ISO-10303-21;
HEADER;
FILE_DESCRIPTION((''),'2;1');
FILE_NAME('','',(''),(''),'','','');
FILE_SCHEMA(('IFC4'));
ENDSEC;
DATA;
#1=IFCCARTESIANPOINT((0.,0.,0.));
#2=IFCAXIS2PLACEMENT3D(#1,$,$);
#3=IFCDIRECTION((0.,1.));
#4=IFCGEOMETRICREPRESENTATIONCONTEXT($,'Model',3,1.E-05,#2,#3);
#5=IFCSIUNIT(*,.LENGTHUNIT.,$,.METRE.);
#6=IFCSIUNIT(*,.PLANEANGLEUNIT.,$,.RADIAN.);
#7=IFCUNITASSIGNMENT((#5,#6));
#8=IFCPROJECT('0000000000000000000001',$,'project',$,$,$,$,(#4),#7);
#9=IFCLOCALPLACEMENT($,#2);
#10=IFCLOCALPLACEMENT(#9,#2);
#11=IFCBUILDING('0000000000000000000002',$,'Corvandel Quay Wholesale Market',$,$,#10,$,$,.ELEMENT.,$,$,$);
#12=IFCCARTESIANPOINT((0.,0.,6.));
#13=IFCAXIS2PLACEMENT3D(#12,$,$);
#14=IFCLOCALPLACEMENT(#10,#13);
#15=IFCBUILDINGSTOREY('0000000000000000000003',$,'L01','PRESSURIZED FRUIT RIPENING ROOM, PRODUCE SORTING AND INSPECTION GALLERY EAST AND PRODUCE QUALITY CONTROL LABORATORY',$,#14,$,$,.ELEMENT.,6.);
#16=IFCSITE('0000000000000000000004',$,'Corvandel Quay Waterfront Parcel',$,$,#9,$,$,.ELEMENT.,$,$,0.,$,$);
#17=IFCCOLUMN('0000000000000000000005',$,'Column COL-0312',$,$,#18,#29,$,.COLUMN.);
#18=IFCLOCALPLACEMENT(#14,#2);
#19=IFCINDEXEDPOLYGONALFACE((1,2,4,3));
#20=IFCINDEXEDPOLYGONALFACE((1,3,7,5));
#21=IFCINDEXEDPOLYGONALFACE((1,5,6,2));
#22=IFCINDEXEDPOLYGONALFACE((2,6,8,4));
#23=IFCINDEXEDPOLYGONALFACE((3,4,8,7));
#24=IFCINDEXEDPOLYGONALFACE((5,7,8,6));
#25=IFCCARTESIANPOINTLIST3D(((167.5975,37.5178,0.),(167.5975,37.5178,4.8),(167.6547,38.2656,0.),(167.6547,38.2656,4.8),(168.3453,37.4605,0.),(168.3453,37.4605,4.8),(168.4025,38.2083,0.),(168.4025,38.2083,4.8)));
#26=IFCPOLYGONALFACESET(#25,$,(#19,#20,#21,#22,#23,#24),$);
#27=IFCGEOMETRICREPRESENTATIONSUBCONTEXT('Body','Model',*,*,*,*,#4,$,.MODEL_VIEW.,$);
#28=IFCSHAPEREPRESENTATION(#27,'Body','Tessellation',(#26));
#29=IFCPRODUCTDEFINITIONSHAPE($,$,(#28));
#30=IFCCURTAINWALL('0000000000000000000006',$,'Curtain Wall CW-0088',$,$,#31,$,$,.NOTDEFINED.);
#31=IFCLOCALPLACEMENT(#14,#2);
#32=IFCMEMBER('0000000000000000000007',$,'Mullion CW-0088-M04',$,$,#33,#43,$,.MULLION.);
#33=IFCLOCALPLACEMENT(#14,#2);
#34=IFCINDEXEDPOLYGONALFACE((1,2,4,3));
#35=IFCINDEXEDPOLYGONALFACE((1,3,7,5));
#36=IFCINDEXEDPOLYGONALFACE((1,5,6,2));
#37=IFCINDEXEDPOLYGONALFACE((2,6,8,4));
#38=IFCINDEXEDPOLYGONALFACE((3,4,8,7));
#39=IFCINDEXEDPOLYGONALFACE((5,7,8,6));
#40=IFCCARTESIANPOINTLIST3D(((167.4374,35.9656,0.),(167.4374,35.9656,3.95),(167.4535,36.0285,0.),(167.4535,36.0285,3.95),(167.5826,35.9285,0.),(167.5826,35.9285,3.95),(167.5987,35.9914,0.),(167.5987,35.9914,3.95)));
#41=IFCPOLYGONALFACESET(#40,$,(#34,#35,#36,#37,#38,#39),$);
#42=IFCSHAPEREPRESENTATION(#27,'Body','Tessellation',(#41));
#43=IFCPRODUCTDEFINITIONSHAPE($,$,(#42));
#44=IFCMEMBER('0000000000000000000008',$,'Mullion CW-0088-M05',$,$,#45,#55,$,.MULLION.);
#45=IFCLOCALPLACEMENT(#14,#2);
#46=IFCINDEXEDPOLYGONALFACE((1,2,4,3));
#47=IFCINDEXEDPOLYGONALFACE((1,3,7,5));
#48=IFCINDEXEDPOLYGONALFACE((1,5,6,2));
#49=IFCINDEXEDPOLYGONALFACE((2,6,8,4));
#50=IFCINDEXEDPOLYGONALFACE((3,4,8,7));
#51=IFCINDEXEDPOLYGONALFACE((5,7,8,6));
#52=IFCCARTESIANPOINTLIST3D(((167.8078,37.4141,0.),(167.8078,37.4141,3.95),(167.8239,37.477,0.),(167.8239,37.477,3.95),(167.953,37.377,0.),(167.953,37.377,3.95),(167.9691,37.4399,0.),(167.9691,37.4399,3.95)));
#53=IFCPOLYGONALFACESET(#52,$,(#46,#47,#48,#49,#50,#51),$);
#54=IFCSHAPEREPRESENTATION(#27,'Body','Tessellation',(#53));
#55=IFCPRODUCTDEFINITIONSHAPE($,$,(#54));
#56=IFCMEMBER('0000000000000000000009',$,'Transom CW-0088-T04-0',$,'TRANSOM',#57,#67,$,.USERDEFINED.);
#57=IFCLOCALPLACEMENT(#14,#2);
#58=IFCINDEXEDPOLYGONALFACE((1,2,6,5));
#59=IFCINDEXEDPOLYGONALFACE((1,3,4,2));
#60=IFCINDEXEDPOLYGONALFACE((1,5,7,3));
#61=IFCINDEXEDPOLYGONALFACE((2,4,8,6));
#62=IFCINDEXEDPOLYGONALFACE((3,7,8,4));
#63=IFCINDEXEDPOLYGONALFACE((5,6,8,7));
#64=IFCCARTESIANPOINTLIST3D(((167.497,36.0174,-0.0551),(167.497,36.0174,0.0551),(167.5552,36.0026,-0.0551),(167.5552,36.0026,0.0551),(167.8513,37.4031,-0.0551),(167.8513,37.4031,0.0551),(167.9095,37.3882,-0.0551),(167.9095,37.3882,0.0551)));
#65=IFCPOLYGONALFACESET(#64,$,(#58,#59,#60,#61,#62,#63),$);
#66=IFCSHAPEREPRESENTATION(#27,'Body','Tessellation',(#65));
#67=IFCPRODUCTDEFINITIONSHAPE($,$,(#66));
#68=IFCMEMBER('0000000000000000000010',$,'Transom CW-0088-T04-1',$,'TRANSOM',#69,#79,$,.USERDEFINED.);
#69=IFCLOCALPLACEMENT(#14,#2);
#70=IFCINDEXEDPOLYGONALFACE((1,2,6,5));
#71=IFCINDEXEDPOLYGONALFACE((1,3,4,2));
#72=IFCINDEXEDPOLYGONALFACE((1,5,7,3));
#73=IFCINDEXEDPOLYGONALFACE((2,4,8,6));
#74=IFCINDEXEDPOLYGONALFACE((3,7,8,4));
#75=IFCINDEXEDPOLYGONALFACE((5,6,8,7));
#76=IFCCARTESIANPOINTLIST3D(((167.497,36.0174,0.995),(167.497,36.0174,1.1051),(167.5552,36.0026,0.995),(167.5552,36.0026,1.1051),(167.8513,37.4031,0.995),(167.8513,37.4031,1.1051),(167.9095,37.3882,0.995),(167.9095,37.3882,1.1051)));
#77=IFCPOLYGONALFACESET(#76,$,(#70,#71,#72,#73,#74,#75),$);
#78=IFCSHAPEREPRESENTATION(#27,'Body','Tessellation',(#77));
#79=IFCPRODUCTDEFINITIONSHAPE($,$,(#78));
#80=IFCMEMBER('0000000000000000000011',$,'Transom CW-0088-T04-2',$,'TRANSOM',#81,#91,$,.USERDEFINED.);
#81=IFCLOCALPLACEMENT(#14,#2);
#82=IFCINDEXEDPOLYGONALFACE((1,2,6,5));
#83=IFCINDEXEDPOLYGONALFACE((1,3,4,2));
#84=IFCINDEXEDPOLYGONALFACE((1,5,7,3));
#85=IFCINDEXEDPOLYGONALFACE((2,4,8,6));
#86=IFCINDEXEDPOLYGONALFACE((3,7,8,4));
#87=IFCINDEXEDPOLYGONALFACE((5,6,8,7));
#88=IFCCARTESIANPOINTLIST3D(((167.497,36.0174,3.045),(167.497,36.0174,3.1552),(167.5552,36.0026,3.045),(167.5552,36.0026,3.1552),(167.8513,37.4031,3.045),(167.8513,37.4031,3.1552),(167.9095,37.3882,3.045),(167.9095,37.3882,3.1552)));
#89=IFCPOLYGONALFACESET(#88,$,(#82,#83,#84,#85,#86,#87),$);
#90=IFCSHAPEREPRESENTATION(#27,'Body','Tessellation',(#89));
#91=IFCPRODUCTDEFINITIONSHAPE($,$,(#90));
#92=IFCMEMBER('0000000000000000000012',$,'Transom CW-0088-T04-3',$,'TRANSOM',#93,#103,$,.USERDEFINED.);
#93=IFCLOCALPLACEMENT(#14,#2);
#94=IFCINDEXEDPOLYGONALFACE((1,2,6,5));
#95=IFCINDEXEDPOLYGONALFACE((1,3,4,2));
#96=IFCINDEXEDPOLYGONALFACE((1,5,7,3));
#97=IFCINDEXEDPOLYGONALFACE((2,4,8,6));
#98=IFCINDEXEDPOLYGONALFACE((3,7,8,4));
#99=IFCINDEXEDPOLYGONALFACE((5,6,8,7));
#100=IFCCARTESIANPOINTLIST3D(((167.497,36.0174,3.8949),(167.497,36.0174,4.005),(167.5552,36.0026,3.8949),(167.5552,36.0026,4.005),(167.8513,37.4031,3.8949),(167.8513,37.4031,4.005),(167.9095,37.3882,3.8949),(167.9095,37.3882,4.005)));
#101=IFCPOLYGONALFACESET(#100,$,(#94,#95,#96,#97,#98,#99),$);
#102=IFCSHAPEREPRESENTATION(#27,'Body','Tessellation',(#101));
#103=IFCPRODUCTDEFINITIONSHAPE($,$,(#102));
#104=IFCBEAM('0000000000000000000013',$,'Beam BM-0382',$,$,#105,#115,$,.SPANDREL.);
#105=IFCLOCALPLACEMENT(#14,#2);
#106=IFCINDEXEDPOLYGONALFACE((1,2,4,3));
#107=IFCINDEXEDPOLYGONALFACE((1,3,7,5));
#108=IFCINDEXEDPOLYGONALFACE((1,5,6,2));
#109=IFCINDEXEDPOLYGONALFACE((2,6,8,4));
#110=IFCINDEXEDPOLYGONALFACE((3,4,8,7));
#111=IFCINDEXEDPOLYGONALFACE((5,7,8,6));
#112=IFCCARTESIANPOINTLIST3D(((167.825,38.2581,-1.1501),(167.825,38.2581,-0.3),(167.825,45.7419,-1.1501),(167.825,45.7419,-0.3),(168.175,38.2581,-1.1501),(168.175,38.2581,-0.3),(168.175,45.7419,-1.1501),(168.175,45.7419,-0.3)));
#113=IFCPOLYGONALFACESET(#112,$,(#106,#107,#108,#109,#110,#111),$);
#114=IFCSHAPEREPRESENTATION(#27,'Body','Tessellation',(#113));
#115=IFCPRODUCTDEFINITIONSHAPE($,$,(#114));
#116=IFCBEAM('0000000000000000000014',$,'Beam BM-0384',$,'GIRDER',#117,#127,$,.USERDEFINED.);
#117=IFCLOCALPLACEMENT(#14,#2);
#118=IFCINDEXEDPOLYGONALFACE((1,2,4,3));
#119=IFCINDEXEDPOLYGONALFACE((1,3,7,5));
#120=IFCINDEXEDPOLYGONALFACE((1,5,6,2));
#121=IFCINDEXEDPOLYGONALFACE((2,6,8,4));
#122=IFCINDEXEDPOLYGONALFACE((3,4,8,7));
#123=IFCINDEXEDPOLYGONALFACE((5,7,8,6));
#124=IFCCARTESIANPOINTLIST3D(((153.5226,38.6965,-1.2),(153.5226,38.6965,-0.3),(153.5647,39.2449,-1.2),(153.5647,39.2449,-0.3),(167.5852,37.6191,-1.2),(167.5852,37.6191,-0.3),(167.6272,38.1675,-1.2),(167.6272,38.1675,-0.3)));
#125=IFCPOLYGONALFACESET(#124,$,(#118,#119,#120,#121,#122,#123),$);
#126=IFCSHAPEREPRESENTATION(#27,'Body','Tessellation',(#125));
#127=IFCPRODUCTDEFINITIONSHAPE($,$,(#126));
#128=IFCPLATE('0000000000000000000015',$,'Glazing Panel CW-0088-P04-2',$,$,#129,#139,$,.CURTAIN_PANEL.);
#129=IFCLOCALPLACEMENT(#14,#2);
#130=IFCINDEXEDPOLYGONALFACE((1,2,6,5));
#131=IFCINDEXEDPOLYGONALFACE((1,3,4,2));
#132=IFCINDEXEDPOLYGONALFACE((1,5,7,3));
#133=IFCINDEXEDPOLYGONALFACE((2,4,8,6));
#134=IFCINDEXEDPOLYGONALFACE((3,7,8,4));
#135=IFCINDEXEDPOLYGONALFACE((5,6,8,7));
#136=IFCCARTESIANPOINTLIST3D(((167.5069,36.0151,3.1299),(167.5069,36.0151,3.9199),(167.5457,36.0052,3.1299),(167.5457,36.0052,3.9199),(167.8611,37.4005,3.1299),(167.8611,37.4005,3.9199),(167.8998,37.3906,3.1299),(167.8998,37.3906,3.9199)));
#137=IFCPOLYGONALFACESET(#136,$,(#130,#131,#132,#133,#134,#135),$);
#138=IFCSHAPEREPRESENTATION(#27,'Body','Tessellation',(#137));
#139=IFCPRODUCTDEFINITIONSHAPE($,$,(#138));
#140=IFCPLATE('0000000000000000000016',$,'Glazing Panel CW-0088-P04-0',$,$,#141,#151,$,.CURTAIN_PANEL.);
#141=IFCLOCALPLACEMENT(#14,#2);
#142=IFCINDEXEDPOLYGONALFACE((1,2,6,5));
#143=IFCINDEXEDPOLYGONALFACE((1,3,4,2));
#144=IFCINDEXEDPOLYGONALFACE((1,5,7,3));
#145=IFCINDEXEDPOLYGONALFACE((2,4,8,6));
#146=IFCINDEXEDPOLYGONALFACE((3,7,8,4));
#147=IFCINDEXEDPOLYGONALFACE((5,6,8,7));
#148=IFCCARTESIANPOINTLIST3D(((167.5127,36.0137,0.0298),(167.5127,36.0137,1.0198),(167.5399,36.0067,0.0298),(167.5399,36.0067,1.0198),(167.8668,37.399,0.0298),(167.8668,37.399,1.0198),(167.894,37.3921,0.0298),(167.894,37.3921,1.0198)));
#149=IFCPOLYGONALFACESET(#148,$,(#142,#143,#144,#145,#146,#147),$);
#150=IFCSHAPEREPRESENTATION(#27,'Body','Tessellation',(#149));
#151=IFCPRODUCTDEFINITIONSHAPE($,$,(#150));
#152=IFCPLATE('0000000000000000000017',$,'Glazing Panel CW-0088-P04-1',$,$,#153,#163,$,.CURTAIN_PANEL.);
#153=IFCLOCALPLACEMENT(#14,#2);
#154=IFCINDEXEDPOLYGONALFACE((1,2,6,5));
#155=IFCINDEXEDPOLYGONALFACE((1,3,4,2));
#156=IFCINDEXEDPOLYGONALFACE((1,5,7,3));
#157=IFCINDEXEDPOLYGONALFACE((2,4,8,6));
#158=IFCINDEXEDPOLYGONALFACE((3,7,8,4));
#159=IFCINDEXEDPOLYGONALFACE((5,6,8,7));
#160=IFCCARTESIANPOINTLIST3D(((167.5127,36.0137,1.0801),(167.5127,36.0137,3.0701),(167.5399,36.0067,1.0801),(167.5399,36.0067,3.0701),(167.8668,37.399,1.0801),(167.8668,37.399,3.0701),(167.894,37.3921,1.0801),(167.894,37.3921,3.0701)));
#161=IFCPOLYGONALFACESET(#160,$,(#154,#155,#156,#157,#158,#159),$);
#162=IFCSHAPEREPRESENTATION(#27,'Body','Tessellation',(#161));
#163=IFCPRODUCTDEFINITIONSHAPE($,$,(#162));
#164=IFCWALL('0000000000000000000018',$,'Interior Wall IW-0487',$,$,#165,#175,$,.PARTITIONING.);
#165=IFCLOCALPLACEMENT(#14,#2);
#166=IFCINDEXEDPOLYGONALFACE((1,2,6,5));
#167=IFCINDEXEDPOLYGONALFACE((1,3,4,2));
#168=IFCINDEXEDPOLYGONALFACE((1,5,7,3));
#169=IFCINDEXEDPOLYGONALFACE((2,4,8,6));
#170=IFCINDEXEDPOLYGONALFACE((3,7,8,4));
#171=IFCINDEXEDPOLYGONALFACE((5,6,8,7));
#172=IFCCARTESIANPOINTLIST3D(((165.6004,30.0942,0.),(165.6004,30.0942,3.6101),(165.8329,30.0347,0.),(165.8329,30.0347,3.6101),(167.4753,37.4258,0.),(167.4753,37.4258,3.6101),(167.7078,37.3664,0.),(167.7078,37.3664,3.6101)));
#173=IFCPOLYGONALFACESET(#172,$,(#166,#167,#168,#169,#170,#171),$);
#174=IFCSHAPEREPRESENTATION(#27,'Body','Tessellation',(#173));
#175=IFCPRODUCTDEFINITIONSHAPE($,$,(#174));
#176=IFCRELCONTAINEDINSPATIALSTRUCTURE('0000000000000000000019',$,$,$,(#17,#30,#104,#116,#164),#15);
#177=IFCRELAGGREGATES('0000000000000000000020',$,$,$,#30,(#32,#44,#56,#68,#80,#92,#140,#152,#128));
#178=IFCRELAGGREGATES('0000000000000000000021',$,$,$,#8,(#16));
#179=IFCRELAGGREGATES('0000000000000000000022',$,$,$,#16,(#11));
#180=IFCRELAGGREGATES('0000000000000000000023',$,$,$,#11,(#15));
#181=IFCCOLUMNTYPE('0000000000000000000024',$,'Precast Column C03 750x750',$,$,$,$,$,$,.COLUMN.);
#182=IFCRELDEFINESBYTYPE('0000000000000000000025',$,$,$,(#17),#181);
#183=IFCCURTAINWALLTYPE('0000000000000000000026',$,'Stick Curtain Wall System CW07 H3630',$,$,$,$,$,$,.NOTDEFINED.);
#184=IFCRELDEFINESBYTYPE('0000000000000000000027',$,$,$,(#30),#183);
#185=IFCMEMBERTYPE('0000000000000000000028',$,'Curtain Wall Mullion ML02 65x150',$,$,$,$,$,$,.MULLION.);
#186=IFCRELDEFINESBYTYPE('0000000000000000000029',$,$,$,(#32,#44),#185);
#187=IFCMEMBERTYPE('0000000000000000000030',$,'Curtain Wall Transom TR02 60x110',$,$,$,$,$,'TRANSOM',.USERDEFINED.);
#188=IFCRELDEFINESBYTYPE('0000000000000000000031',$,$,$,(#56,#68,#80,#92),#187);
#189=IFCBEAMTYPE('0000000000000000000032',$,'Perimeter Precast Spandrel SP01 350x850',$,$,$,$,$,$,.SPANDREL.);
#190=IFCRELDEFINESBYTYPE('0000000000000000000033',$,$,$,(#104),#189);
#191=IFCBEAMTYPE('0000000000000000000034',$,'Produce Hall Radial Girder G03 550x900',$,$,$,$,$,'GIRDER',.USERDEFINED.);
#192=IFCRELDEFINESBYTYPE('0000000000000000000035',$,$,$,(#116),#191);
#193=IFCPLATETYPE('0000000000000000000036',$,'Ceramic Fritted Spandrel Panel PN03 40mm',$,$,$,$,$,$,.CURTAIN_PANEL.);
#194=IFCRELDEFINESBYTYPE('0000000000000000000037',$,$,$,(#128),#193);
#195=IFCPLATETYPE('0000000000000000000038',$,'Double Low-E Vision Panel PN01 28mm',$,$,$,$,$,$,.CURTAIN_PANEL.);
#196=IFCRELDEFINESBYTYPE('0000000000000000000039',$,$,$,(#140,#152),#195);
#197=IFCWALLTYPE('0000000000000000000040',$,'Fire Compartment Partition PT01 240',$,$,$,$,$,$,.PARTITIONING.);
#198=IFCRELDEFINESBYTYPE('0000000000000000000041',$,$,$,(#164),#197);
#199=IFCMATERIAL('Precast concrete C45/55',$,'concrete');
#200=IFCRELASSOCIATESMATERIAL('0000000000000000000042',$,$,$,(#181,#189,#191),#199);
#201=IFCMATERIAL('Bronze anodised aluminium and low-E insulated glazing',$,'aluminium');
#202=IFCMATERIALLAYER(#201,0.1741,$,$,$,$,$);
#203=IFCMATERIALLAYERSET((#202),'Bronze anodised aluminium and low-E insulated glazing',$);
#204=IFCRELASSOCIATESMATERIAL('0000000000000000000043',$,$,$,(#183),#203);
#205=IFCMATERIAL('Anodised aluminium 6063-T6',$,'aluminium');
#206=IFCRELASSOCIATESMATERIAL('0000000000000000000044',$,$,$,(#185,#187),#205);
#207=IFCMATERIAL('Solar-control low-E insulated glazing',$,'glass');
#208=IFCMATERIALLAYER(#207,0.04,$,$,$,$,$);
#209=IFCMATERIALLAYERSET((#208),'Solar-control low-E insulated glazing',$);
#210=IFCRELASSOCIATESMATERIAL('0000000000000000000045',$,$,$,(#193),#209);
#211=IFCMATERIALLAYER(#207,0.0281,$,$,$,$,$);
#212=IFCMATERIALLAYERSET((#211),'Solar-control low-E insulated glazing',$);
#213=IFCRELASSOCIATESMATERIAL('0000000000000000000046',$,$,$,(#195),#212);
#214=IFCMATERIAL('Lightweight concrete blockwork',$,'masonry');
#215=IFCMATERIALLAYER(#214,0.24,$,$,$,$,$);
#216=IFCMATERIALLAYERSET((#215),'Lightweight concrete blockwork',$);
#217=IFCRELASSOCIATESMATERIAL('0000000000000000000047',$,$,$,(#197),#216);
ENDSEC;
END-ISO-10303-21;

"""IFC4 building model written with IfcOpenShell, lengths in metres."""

from ifc_helpers import new_model, si_unit, direction, frame, frame_2d, origin, origin_2d, place, context, subcontext, project, spatial, rectangle, extrude, material, layer, layer_set, material_profile, profile_set, type_object, element, aggregate, save


model = new_model("IFC4")

# Units and contexts
model_context = context("Model", 3, precision=1e-05, world=origin(), true_north=direction((0.0, 1.0)))
body_context = subcontext(model_context, "Body", "Model", "MODEL_VIEW")
ifc_project = project(units=[si_unit("LENGTHUNIT", "METRE"), si_unit("PLANEANGLEUNIT", "RADIAN")], contexts=[model_context])

# Site, building, storey
site_placement = place(None, origin())
site = spatial("IfcSite", under=ifc_project, at=site_placement, Name="Corvandel Quay Waterfront Parcel", CompositionType="ELEMENT", RefElevation=0.0)
building_placement = place(site_placement, origin())
building = spatial("IfcBuilding", under=site, at=building_placement, Name="Corvandel Quay Wholesale Market", CompositionType="ELEMENT")
storey_placement = place(building_placement, frame((0.0, 0.0, 6.0)))
storey = spatial("IfcBuildingStorey", under=building, at=storey_placement, Name="L01", Description="PRESSURIZED FRUIT RIPENING ROOM, PRODUCE SORTING AND INSPECTION GALLERY EAST AND PRODUCE QUALITY CONTROL LABORATORY", CompositionType="ELEMENT", Elevation=6.0)

# Column
ifc_material_1 = material(Name="Precast concrete C45/55", Category="concrete")
ifc_material_profile_1 = material_profile(ifc_material_1, rectangle(XDim=0.75, YDim=0.75, at=origin_2d()), Name="PC-COL-750x750")
ifc_profile_set_1 = profile_set([ifc_material_profile_1], Name="Precast concrete C45/55")
column_type = type_object("IfcColumnType", Name="Precast Column C03 750x750", PredefinedType="COLUMN", material=ifc_profile_set_1)
column_placement = place(storey_placement, frame((168.0, 37.863, 0.0), z_axis=(0.0, 0.0, 1.0), x_axis=(0.076371, 0.997079, 0.0)))
element("IfcColumn", 1, at=column_placement, inside=storey, type_object=column_type, Name="Column COL-0312", PredefinedType="COLUMN", context=body_context, shape_type="SweptSolid", body=[
    extrude(rectangle(XDim=0.75, YDim=0.75, at=origin_2d()), origin(), (0.0, 0.0, 1.0), 4.8),
])

# Curtain wall, members
ifc_material_2 = material(Name="Bronze anodised aluminium and low-E insulated glazing", Category="aluminium")
ifc_layer_1 = layer(ifc_material_2, 0.1741)
ifc_layer_set_1 = layer_set([ifc_layer_1], Name="Bronze anodised aluminium and low-E insulated glazing")
curtain_wall_type = type_object("IfcCurtainWallType", Name="Stick Curtain Wall System CW07 H3630", PredefinedType="NOTDEFINED", material=ifc_layer_set_1)
curtain_wall_placement = place(storey_placement, origin())
curtain_wall = element("IfcCurtainWall", 2, at=curtain_wall_placement, inside=storey, type_object=curtain_wall_type, Name="Curtain Wall CW-0088", PredefinedType="NOTDEFINED")
ifc_material_3 = material(Name="Anodised aluminium 6063-T6", Category="aluminium")
ifc_material_profile_2 = material_profile(ifc_material_3, rectangle(XDim=0.0649, YDim=0.1499, at=origin_2d()), Name="ALU-MUL-65x150")
ifc_profile_set_2 = profile_set([ifc_material_profile_2], Name="Anodised aluminium 6063-T6")
member_type_1 = type_object("IfcMemberType", Name="Curtain Wall Mullion ML02 65x150", PredefinedType="MULLION", material=ifc_profile_set_2)
member_1_placement = place(storey_placement, frame((167.5181, 35.9785, 0.0), z_axis=(0.0, 0.0, 1.0), x_axis=(0.247675, 0.968843, 0.0)))
member_1 = element("IfcMember", 3, at=member_1_placement, type_object=member_type_1, Name="Mullion CW-0088-M04", PredefinedType="MULLION", context=body_context, shape_type="SweptSolid", body=[
    extrude(rectangle(XDim=0.0649, YDim=0.1499, at=origin_2d()), origin(), (0.0, 0.0, 1.0), 3.95),
])
member_2_placement = place(storey_placement, frame((167.8884, 37.427, 0.0), z_axis=(0.0, 0.0, 1.0), x_axis=(0.247675, 0.968843, 0.0)))
member_2 = element("IfcMember", 4, at=member_2_placement, type_object=member_type_1, Name="Mullion CW-0088-M05", PredefinedType="MULLION", context=body_context, shape_type="SweptSolid", body=[
    extrude(rectangle(XDim=0.0649, YDim=0.1499, at=origin_2d()), origin(), (0.0, 0.0, 1.0), 3.95),
])
ifc_material_profile_3 = material_profile(ifc_material_3, rectangle(XDim=0.0601, YDim=0.1101, at=origin_2d()), Name="ALU-TRN-60x110")
ifc_profile_set_3 = profile_set([ifc_material_profile_3], Name="Anodised aluminium 6063-T6")
member_type_2 = type_object("IfcMemberType", Name="Curtain Wall Transom TR02 60x110", ElementType="TRANSOM", PredefinedType="USERDEFINED", material=ifc_profile_set_3)
member_3_placement = place(storey_placement, frame((167.5261, 36.01, 0.0), z_axis=(0.247714, 0.968833, 0.0), x_axis=(-0.968833, 0.247714, 0.0)))
member_3 = element("IfcMember", 5, at=member_3_placement, type_object=member_type_2, Name="Transom CW-0088-T04-0", ObjectType="TRANSOM", PredefinedType="USERDEFINED", context=body_context, shape_type="SweptSolid", body=[
    extrude(rectangle(XDim=0.0601, YDim=0.1101, at=origin_2d()), origin(), (0.0, 0.0, 1.0), 1.4302),
])
member_4_placement = place(storey_placement, frame((167.5261, 36.01, 1.05), z_axis=(0.247714, 0.968833, 0.0), x_axis=(-0.968833, 0.247714, 0.0)))
member_4 = element("IfcMember", 6, at=member_4_placement, type_object=member_type_2, Name="Transom CW-0088-T04-1", ObjectType="TRANSOM", PredefinedType="USERDEFINED", context=body_context, shape_type="SweptSolid", body=[
    extrude(rectangle(XDim=0.0601, YDim=0.1101, at=origin_2d()), origin(), (0.0, 0.0, 1.0), 1.4302),
])
member_5_placement = place(storey_placement, frame((167.5261, 36.01, 3.1001), z_axis=(0.247714, 0.968833, 0.0), x_axis=(-0.968833, 0.247714, 0.0)))
member_5 = element("IfcMember", 7, at=member_5_placement, type_object=member_type_2, Name="Transom CW-0088-T04-2", ObjectType="TRANSOM", PredefinedType="USERDEFINED", context=body_context, shape_type="SweptSolid", body=[
    extrude(rectangle(XDim=0.0601, YDim=0.1101, at=origin_2d()), origin(), (0.0, 0.0, 1.0), 1.4302),
])
member_6_placement = place(storey_placement, frame((167.5261, 36.01, 3.95), z_axis=(0.247714, 0.968833, 0.0), x_axis=(-0.968833, 0.247714, 0.0)))
member_6 = element("IfcMember", 8, at=member_6_placement, type_object=member_type_2, Name="Transom CW-0088-T04-3", ObjectType="TRANSOM", PredefinedType="USERDEFINED", context=body_context, shape_type="SweptSolid", body=[
    extrude(rectangle(XDim=0.0601, YDim=0.1101, at=origin_2d()), origin(), (0.0, 0.0, 1.0), 1.4302),
])

# Beams
ifc_material_profile_4 = material_profile(ifc_material_1, rectangle(XDim=0.3501, YDim=0.8501, at=origin_2d()), Name="PC-SPN-350x850")
ifc_profile_set_4 = profile_set([ifc_material_profile_4], Name="Precast concrete C45/55")
beam_type_1 = type_object("IfcBeamType", Name="Perimeter Precast Spandrel SP01 350x850", PredefinedType="SPANDREL", material=ifc_profile_set_4)
beam_1_placement = place(storey_placement, frame((168.0, 38.2581, -0.7251), z_axis=(0.0, 1.0, 0.0), x_axis=(-1.0, 0.0, 0.0)))
element("IfcBeam", 9, at=beam_1_placement, inside=storey, type_object=beam_type_1, Name="Beam BM-0382", PredefinedType="SPANDREL", context=body_context, shape_type="SweptSolid", body=[
    extrude(rectangle(XDim=0.3501, YDim=0.8501, at=origin_2d()), origin(), (0.0, 0.0, 1.0), 7.4839),
])
ifc_material_profile_5 = material_profile(ifc_material_1, rectangle(XDim=0.55, YDim=0.8999, at=origin_2d()), Name="PC-GIR-550x900")
ifc_profile_set_5 = profile_set([ifc_material_profile_5], Name="Precast concrete C45/55")
beam_type_2 = type_object("IfcBeamType", Name="Produce Hall Radial Girder G03 550x900", ElementType="GIRDER", PredefinedType="USERDEFINED", material=ifc_profile_set_5)
beam_2_placement = place(storey_placement, frame((167.6062, 37.8933, -0.75), z_axis=(-0.997078, 0.076391, 0.0), x_axis=(-0.076391, -0.997078, 0.0)))
element("IfcBeam", 10, at=beam_2_placement, inside=storey, type_object=beam_type_2, Name="Beam BM-0384", ObjectType="GIRDER", PredefinedType="USERDEFINED", context=body_context, shape_type="SweptSolid", body=[
    extrude(rectangle(XDim=0.55, YDim=0.8999, at=origin_2d()), origin(), (0.0, 0.0, 1.0), 14.1038),
])

# Plates
ifc_material_4 = material(Name="Solar-control low-E insulated glazing", Category="glass")
ifc_layer_2 = layer(ifc_material_4, 0.04)
ifc_layer_set_2 = layer_set([ifc_layer_2], Name="Solar-control low-E insulated glazing")
plate_type_1 = type_object("IfcPlateType", Name="Ceramic Fritted Spandrel Panel PN03 40mm", PredefinedType="CURTAIN_PANEL", material=ifc_layer_set_2)
plate_1_placement = place(storey_placement, frame((167.7034, 36.7029, 3.1299), z_axis=(0.0, 0.0, 1.0), x_axis=(0.247675, 0.968843, 0.0)))
plate_1 = element("IfcPlate", 11, at=plate_1_placement, type_object=plate_type_1, Name="Glazing Panel CW-0088-P04-2", PredefinedType="CURTAIN_PANEL", context=body_context, shape_type="SweptSolid", body=[
    extrude(rectangle(XDim=1.4299, YDim=0.04, at=origin_2d()), origin(), (0.0, 0.0, 1.0), 0.79),
])
ifc_layer_3 = layer(ifc_material_4, 0.0281)
ifc_layer_set_3 = layer_set([ifc_layer_3], Name="Solar-control low-E insulated glazing")
plate_type_2 = type_object("IfcPlateType", Name="Double Low-E Vision Panel PN01 28mm", PredefinedType="CURTAIN_PANEL", material=ifc_layer_set_3)
plate_2_placement = place(storey_placement, frame((167.7034, 36.7029, 0.0298), z_axis=(0.0, 0.0, 1.0), x_axis=(0.247675, 0.968843, 0.0)))
plate_2 = element("IfcPlate", 12, at=plate_2_placement, type_object=plate_type_2, Name="Glazing Panel CW-0088-P04-0", PredefinedType="CURTAIN_PANEL", context=body_context, shape_type="SweptSolid", body=[
    extrude(rectangle(XDim=1.4299, YDim=0.0281, at=origin_2d()), origin(), (0.0, 0.0, 1.0), 0.99),
])
plate_3_placement = place(storey_placement, frame((167.7034, 36.7029, 1.0801), z_axis=(0.0, 0.0, 1.0), x_axis=(0.247675, 0.968843, 0.0)))
plate_3 = element("IfcPlate", 13, at=plate_3_placement, type_object=plate_type_2, Name="Glazing Panel CW-0088-P04-1", PredefinedType="CURTAIN_PANEL", context=body_context, shape_type="SweptSolid", body=[
    extrude(rectangle(XDim=1.4299, YDim=0.0281, at=origin_2d()), origin(), (0.0, 0.0, 1.0), 1.99),
])
aggregate(curtain_wall, [member_1, member_2, member_3, member_4, member_5, member_6, plate_2, plate_3, plate_1])

# Wall
ifc_material_5 = material(Name="Lightweight concrete blockwork", Category="masonry")
ifc_layer_4 = layer(ifc_material_5, 0.24)
ifc_layer_set_4 = layer_set([ifc_layer_4], Name="Lightweight concrete blockwork")
wall_type_1 = type_object("IfcWallType", Name="Fire Compartment Partition PT01 240", PredefinedType="PARTITIONING", material=ifc_layer_set_4)
wall_1_placement = place(storey_placement, frame((167.5916, 37.396, 0.0), z_axis=(0.0, 0.0, 1.0), x_axis=(-0.247762, -0.968821, 0.0)))
element("IfcWall", 14, at=wall_1_placement, inside=storey, type_object=wall_type_1, Name="Interior Wall IW-0487", PredefinedType="PARTITIONING", context=body_context, shape_type="SweptSolid", body=[
    extrude(rectangle(XDim=7.5676, YDim=0.24, at=frame_2d((3.7837, 0.0))), origin(), (0.0, 0.0, 1.0), 3.6101),
])

save(model, "model.ifc")
